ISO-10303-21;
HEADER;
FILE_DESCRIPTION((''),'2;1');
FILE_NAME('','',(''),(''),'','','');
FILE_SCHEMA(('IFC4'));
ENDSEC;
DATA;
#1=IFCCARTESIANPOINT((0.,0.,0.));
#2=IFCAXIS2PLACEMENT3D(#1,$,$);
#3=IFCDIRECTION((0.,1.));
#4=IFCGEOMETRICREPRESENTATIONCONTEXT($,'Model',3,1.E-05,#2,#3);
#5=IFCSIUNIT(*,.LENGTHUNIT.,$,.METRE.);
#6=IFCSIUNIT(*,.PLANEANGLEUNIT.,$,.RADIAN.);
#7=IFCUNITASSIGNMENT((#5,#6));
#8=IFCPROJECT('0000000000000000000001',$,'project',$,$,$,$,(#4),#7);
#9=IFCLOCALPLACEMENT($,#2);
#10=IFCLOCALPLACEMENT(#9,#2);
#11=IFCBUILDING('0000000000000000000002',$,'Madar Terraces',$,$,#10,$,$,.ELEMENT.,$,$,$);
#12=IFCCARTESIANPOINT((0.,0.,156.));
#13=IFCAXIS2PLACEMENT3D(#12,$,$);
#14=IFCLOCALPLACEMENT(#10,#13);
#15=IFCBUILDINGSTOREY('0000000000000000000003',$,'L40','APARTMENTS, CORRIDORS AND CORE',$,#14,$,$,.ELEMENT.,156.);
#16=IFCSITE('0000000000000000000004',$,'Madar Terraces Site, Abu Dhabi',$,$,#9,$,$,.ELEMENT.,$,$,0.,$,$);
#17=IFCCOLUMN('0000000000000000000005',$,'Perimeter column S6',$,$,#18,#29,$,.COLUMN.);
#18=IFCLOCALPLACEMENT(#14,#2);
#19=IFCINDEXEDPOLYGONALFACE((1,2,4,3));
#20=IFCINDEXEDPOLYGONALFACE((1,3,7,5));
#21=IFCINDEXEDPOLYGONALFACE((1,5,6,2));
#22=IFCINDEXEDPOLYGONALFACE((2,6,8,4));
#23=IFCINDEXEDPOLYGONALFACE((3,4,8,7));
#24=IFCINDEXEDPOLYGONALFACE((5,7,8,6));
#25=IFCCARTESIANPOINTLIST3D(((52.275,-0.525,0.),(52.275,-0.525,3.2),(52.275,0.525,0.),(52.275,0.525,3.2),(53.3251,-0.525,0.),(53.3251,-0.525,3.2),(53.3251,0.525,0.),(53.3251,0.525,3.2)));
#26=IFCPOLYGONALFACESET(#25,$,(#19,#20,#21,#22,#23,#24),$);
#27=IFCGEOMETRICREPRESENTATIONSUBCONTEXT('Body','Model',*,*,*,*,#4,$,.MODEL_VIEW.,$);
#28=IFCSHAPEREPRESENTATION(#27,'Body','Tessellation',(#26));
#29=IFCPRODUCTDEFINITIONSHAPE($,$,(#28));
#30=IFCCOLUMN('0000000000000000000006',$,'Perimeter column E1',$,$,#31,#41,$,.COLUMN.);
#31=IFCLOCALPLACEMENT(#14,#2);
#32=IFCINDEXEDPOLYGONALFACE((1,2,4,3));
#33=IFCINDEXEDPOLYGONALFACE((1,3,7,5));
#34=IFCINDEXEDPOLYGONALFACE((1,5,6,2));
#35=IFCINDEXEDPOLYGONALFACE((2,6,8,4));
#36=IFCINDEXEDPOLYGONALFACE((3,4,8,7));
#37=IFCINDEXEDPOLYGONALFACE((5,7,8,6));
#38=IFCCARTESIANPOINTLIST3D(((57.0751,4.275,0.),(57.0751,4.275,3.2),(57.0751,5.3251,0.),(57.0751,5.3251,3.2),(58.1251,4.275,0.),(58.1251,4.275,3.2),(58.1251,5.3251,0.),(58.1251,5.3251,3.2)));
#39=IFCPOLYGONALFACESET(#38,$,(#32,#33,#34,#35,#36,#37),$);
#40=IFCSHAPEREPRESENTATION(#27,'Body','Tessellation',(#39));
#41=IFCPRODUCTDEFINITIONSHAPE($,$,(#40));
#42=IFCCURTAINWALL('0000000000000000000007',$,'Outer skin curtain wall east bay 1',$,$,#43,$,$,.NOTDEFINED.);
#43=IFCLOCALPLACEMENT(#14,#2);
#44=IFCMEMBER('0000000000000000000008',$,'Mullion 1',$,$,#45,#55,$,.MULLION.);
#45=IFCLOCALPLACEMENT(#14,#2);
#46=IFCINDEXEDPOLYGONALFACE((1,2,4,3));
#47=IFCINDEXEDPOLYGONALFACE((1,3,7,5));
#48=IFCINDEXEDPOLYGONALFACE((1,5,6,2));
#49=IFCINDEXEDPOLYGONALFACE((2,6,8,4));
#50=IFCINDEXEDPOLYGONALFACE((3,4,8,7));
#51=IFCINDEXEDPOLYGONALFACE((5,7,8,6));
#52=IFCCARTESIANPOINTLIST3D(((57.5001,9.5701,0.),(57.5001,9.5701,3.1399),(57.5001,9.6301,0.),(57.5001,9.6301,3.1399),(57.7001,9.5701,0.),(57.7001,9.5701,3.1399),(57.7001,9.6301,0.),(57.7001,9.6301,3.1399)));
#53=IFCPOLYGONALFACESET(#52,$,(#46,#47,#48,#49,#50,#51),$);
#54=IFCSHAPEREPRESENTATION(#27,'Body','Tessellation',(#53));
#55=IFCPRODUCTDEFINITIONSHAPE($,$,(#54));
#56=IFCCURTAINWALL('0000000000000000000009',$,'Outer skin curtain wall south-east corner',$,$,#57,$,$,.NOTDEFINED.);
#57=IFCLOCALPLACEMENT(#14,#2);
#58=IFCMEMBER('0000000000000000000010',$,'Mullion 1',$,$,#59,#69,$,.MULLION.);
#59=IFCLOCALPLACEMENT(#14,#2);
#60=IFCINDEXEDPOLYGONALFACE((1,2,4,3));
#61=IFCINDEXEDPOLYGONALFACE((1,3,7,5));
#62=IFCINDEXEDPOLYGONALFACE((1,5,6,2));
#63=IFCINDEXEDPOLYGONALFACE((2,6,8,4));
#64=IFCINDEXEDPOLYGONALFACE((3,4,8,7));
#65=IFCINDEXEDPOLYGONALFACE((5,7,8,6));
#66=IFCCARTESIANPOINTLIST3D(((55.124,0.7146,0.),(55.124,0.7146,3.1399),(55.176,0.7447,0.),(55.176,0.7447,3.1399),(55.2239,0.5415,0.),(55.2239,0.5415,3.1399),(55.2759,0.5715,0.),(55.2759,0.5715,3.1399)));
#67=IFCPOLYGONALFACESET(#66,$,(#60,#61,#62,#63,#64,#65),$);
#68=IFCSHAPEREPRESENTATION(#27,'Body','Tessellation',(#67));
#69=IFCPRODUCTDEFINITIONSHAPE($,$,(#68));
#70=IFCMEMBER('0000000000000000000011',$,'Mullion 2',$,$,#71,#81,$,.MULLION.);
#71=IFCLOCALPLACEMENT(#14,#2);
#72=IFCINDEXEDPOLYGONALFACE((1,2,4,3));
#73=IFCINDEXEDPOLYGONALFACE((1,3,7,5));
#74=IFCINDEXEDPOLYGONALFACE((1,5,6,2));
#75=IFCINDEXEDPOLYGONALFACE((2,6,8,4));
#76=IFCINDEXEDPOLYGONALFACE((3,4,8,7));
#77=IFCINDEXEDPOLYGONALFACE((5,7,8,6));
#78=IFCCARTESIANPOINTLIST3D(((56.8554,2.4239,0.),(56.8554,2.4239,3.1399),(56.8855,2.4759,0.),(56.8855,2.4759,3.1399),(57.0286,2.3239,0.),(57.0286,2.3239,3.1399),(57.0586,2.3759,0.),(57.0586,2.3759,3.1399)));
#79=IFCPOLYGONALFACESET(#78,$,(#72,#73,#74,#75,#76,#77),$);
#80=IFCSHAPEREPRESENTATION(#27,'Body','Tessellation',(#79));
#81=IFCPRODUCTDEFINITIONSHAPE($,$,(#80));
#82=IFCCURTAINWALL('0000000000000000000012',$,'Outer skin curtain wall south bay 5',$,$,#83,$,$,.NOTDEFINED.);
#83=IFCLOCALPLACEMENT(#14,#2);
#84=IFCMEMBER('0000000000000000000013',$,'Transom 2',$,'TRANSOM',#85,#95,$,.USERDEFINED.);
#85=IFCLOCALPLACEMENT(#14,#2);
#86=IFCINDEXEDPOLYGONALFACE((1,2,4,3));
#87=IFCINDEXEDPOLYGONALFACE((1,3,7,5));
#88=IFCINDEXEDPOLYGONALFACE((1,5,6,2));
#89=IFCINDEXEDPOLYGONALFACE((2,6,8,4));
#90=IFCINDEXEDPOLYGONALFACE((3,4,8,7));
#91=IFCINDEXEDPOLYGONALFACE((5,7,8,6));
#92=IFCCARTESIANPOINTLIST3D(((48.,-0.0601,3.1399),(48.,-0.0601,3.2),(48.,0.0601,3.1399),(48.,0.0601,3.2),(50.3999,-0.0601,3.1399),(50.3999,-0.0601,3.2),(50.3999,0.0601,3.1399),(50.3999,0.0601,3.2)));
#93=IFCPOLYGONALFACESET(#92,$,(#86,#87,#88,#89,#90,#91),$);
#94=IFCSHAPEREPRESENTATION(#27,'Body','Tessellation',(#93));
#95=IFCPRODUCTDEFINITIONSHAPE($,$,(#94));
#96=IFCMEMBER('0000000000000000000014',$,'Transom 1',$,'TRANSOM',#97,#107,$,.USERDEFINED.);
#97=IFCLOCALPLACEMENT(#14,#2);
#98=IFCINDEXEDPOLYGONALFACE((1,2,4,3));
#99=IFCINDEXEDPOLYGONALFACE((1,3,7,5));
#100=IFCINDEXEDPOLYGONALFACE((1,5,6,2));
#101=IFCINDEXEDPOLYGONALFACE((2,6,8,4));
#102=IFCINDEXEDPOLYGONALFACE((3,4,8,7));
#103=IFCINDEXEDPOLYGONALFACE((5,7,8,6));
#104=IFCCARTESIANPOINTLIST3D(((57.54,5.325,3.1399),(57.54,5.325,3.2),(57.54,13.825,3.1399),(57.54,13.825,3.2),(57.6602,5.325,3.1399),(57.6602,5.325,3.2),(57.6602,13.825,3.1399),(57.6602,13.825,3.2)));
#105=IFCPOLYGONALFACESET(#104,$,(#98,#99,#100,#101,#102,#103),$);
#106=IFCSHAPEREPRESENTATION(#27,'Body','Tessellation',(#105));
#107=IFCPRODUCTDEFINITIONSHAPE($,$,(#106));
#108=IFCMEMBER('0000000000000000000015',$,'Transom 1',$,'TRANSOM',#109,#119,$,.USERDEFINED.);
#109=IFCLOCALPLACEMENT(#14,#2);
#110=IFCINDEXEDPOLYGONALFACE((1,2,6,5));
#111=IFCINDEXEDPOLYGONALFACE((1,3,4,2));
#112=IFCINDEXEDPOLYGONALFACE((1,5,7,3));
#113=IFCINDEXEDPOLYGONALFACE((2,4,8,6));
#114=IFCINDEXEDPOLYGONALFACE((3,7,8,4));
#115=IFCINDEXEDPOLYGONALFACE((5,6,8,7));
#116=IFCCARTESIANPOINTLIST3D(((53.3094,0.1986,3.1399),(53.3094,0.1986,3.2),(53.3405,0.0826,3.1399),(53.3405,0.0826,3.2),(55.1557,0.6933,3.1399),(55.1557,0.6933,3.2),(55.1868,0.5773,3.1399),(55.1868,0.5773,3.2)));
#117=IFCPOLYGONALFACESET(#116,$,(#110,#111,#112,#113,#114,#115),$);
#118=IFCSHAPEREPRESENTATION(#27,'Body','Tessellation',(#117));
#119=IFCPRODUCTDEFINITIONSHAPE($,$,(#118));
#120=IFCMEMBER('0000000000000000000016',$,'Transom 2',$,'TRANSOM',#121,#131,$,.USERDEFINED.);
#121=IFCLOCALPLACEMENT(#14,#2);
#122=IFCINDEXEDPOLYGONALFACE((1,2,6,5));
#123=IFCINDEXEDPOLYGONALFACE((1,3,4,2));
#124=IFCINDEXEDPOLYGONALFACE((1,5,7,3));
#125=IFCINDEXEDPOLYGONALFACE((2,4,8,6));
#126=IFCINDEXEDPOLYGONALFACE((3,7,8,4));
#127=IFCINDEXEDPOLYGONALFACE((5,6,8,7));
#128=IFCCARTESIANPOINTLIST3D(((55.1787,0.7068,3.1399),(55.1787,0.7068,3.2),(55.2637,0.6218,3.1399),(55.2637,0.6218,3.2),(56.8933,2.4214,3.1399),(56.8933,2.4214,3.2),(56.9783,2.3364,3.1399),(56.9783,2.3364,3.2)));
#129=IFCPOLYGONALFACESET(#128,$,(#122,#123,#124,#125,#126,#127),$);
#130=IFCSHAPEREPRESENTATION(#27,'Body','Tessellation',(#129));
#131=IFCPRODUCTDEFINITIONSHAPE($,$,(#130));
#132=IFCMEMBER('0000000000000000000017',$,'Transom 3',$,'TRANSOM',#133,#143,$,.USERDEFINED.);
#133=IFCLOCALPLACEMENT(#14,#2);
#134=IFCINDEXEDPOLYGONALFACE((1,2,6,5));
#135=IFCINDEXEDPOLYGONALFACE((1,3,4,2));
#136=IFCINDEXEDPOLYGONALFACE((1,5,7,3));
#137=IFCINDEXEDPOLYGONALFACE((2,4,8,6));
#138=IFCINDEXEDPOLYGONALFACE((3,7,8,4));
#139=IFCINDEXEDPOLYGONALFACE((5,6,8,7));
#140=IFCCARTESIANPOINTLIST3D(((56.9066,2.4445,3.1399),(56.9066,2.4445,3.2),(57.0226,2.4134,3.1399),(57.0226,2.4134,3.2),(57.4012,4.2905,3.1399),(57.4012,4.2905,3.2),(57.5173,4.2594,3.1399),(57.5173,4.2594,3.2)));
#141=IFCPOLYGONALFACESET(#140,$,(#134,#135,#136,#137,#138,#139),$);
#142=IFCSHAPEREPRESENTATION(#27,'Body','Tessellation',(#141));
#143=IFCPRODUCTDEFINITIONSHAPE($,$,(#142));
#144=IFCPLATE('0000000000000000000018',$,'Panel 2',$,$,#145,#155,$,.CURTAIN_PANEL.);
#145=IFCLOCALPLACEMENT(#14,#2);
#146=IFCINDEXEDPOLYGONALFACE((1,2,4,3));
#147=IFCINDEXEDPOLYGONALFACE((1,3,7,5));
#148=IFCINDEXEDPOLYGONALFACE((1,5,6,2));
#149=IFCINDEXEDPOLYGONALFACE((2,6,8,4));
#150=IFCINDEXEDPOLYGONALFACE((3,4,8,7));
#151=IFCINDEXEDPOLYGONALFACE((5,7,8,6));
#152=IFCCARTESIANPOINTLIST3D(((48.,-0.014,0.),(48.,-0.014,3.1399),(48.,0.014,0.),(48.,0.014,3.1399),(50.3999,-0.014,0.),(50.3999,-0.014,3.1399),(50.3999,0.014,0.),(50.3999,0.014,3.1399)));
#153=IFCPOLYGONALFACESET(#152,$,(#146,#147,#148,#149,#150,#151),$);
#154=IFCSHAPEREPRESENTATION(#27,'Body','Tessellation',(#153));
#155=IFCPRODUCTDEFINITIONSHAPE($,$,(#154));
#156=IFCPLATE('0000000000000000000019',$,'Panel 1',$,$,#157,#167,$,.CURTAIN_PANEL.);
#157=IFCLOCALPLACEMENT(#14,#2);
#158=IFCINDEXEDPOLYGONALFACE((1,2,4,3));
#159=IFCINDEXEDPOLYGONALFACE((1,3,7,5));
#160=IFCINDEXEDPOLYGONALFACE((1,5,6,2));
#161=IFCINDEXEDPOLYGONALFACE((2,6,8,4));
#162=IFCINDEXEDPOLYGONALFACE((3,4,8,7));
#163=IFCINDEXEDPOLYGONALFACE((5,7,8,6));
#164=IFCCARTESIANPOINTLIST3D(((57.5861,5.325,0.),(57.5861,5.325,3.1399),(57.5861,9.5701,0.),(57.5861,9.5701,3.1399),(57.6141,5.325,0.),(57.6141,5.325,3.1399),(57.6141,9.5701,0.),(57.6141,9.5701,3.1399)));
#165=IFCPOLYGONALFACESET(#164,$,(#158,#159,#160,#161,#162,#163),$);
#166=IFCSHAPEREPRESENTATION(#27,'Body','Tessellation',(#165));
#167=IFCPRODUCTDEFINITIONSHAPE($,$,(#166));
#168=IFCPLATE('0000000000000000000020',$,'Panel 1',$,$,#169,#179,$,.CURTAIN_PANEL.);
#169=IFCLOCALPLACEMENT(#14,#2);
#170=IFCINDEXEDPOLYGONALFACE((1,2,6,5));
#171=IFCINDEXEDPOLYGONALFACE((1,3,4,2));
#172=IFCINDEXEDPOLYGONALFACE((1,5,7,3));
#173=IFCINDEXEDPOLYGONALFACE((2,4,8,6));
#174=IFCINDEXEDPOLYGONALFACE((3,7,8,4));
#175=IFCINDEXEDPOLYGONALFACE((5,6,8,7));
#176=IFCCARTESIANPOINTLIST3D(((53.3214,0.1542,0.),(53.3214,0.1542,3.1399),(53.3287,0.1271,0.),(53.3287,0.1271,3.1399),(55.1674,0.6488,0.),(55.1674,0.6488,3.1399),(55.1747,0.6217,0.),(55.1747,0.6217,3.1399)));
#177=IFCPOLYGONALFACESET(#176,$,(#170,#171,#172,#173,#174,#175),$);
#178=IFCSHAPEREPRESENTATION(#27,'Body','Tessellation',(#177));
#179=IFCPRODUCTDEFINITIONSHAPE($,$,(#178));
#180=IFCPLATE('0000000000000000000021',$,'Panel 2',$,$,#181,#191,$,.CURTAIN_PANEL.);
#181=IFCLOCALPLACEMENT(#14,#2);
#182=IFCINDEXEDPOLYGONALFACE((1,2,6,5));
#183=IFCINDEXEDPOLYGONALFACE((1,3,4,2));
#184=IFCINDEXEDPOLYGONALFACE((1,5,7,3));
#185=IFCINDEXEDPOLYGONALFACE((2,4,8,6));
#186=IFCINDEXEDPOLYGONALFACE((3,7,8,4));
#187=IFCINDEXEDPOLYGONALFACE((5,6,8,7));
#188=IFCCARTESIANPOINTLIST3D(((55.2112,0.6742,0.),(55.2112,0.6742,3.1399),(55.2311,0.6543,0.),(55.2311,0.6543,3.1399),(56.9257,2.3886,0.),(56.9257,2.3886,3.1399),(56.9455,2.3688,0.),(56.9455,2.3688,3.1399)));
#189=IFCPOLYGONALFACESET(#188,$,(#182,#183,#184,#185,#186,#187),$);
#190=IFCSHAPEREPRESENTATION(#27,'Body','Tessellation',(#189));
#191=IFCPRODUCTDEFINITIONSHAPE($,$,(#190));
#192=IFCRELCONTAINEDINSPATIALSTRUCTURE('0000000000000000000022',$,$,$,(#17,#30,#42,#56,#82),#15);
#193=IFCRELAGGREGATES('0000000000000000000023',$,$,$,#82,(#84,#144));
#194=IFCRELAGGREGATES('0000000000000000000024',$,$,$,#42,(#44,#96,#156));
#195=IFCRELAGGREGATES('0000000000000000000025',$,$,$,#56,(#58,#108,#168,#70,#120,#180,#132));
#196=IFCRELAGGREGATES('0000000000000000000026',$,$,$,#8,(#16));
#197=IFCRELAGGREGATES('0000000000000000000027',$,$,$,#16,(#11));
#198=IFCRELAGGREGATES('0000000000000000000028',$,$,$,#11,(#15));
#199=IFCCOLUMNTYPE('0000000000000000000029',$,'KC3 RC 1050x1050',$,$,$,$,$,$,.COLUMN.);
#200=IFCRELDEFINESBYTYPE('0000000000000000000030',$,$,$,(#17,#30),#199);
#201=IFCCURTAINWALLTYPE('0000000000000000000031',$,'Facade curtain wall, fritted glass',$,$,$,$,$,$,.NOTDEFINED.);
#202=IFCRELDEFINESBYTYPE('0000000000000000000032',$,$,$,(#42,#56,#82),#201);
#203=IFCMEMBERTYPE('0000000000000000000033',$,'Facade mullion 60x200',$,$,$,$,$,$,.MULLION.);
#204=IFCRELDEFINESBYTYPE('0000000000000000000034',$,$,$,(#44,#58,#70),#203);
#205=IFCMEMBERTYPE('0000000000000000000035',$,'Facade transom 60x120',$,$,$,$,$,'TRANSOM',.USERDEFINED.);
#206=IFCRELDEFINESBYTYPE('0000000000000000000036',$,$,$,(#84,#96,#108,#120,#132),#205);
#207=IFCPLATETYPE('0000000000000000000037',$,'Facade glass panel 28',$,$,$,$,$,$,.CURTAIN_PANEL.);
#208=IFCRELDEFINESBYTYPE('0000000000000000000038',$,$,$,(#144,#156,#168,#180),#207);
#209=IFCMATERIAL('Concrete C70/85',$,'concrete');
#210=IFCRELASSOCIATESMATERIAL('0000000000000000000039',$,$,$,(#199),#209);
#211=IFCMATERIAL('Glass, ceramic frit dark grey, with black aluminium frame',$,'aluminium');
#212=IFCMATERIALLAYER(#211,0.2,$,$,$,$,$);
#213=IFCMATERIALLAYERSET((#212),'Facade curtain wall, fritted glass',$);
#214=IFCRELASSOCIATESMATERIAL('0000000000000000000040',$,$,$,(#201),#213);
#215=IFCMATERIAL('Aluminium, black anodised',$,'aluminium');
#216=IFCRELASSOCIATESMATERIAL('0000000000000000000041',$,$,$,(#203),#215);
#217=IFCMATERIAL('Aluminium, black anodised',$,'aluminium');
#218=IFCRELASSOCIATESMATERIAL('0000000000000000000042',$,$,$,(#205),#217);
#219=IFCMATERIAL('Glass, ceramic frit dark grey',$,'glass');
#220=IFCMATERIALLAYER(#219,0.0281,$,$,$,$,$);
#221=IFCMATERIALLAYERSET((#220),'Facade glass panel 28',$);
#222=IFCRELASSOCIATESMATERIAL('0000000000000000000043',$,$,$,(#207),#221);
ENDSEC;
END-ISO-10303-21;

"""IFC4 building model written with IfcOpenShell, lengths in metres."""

from ifc_helpers import new_model, si_unit, direction, frame, origin, origin_2d, place, context, subcontext, project, spatial, rectangle, extrude, material, layer, layer_set, material_profile, profile_set, type_object, element, aggregate, save


model = new_model("IFC4")

# Units and contexts
model_context = context("Model", 3, precision=1e-05, world=origin(), true_north=direction((0.0, 1.0)))
body_context = subcontext(model_context, "Body", "Model", "MODEL_VIEW")
ifc_project = project(units=[si_unit("LENGTHUNIT", "METRE"), si_unit("PLANEANGLEUNIT", "RADIAN")], contexts=[model_context])

# Site, building, storey
site_placement = place(None, origin())
site = spatial("IfcSite", under=ifc_project, at=site_placement, Name="Madar Terraces Site, Abu Dhabi", CompositionType="ELEMENT", RefElevation=0.0)
building_placement = place(site_placement, origin())
building = spatial("IfcBuilding", under=site, at=building_placement, Name="Madar Terraces", CompositionType="ELEMENT")
storey_placement = place(building_placement, frame((0.0, 0.0, 156.0)))
storey = spatial("IfcBuildingStorey", under=building, at=storey_placement, Name="L40", Description="APARTMENTS, CORRIDORS AND CORE", CompositionType="ELEMENT", Elevation=156.0)

# Columns
ifc_material_1 = material(Name="Concrete C70/85", Category="concrete")
ifc_material_profile_1 = material_profile(ifc_material_1, rectangle(XDim=1.05, YDim=1.05, at=origin_2d()), Name="KC3 RC 1050x1050")
ifc_profile_set_1 = profile_set([ifc_material_profile_1], Name="Concrete C70/85")
column_type = type_object("IfcColumnType", Name="KC3 RC 1050x1050", PredefinedType="COLUMN", material=ifc_profile_set_1)
for number, where, z_axis, x_axis, name in (
    (1, (52.8, 0.0, 0.0), (0.0, 0.0, 1.0), (1.0, 0.0, 0.0), "Perimeter column S6"),
    (2, (57.6001, 4.8, 0.0), (0.0, 0.0, 1.0), (1.0, 0.0, 0.0), "Perimeter column E1"),
):
    element("IfcColumn", number, at=place(storey_placement, frame(where, z_axis=z_axis, x_axis=x_axis)), inside=storey, type_object=column_type, Name=name, PredefinedType="COLUMN", context=body_context, shape_type="SweptSolid", body=[
        extrude(rectangle(XDim=1.05, YDim=1.05, at=origin_2d()), origin(), (0.0, 0.0, 1.0), 3.2),
    ])

# Curtain wall, member
ifc_material_2 = material(Name="Glass, ceramic frit dark grey, with black aluminium frame", Category="aluminium")
ifc_layer_1 = layer(ifc_material_2, 0.2)
ifc_layer_set_1 = layer_set([ifc_layer_1], Name="Facade curtain wall, fritted glass")
curtain_wall_type = type_object("IfcCurtainWallType", Name="Facade curtain wall, fritted glass", PredefinedType="NOTDEFINED", material=ifc_layer_set_1)
curtain_wall_1_placement = place(storey_placement, origin())
curtain_wall_1 = element("IfcCurtainWall", 3, at=curtain_wall_1_placement, inside=storey, type_object=curtain_wall_type, Name="Outer skin curtain wall east bay 1", PredefinedType="NOTDEFINED")
ifc_material_3 = material(Name="Aluminium, black anodised", Category="aluminium")
ifc_material_profile_2 = material_profile(ifc_material_3, rectangle(XDim=0.2, YDim=0.0601, at=origin_2d()), Name="Facade mullion 60x200")
ifc_profile_set_2 = profile_set([ifc_material_profile_2], Name="Aluminium, black anodised")
member_type_1 = type_object("IfcMemberType", Name="Facade mullion 60x200", PredefinedType="MULLION", material=ifc_profile_set_2)
member_1_placement = place(storey_placement, frame((57.6001, 9.6001, 0.0), z_axis=(0.0, 0.0, 1.0), x_axis=(-1.0, 0.0, 0.0)))
member_1 = element("IfcMember", 4, at=member_1_placement, type_object=member_type_1, Name="Mullion 1", PredefinedType="MULLION", context=body_context, shape_type="SweptSolid", body=[
    extrude(rectangle(XDim=0.2, YDim=0.0601, at=origin_2d()), origin(), (0.0, 0.0, 1.0), 3.1399),
])

# Curtain wall, members
curtain_wall_2_placement = place(storey_placement, origin())
curtain_wall_2 = element("IfcCurtainWall", 5, at=curtain_wall_2_placement, inside=storey, type_object=curtain_wall_type, Name="Outer skin curtain wall south-east corner", PredefinedType="NOTDEFINED")
member_2_placement = place(storey_placement, frame((55.2, 0.6431, 0.0), z_axis=(0.0, 0.0, 1.0), x_axis=(-0.5, 0.866025, 0.0)))
member_2 = element("IfcMember", 6, at=member_2_placement, type_object=member_type_1, Name="Mullion 1", PredefinedType="MULLION", context=body_context, shape_type="SweptSolid", body=[
    extrude(rectangle(XDim=0.2, YDim=0.0601, at=origin_2d()), origin(), (0.0, 0.0, 1.0), 3.1399),
])
member_3_placement = place(storey_placement, frame((56.957, 2.3999, 0.0), z_axis=(0.0, 0.0, 1.0), x_axis=(-0.866025, 0.5, 0.0)))
member_3 = element("IfcMember", 7, at=member_3_placement, type_object=member_type_1, Name="Mullion 2", PredefinedType="MULLION", context=body_context, shape_type="SweptSolid", body=[
    extrude(rectangle(XDim=0.2, YDim=0.0601, at=origin_2d()), origin(), (0.0, 0.0, 1.0), 3.1399),
])

# Curtain wall, member
curtain_wall_3_placement = place(storey_placement, origin())
curtain_wall_3 = element("IfcCurtainWall", 8, at=curtain_wall_3_placement, inside=storey, type_object=curtain_wall_type, Name="Outer skin curtain wall south bay 5", PredefinedType="NOTDEFINED")
ifc_material_4 = material(Name="Aluminium, black anodised", Category="aluminium")
ifc_material_profile_3 = material_profile(ifc_material_4, rectangle(XDim=0.1201, YDim=0.0601, at=origin_2d()), Name="Facade transom 60x120")
ifc_profile_set_3 = profile_set([ifc_material_profile_3], Name="Aluminium, black anodised")
member_type_2 = type_object("IfcMemberType", Name="Facade transom 60x120", ElementType="TRANSOM", PredefinedType="USERDEFINED", material=ifc_profile_set_3)
member_4_placement = place(storey_placement, frame((48.0, 0.0, 3.1699), z_axis=(1.0, 0.0, 0.0), x_axis=(0.0, 1.0, 0.0)))
member_4 = element("IfcMember", 9, at=member_4_placement, type_object=member_type_2, Name="Transom 2", ObjectType="TRANSOM", PredefinedType="USERDEFINED", context=body_context, shape_type="SweptSolid", body=[
    extrude(rectangle(XDim=0.1201, YDim=0.0601, at=origin_2d()), origin(), (0.0, 0.0, 1.0), 2.3999),
])

# Members
member_5_placement = place(storey_placement, frame((57.6001, 5.325, 3.1699), z_axis=(0.0, 1.0, 0.0), x_axis=(-1.0, 0.0, 0.0)))
member_5 = element("IfcMember", 10, at=member_5_placement, type_object=member_type_2, Name="Transom 1", ObjectType="TRANSOM", PredefinedType="USERDEFINED", context=body_context, shape_type="SweptSolid", body=[
    extrude(rectangle(XDim=0.1201, YDim=0.0601, at=origin_2d()), origin(), (0.0, 0.0, 1.0), 8.5),
])
member_6_placement = place(storey_placement, frame((53.325, 0.1406, 3.1699), z_axis=(0.965933, 0.258791, 0.0), x_axis=(-0.258791, 0.965933, 0.0)))
member_6 = element("IfcMember", 11, at=member_6_placement, type_object=member_type_2, Name="Transom 1", ObjectType="TRANSOM", PredefinedType="USERDEFINED", context=body_context, shape_type="SweptSolid", body=[
    extrude(rectangle(XDim=0.1201, YDim=0.0601, at=origin_2d()), origin(), (0.0, 0.0, 1.0), 1.9114),
])
member_7_placement = place(storey_placement, frame((55.2212, 0.6643, 3.1699), z_axis=(0.707107, 0.707107, 0.0), x_axis=(-0.707107, 0.707107, 0.0)))
member_7 = element("IfcMember", 12, at=member_7_placement, type_object=member_type_2, Name="Transom 2", ObjectType="TRANSOM", PredefinedType="USERDEFINED", context=body_context, shape_type="SweptSolid", body=[
    extrude(rectangle(XDim=0.1201, YDim=0.0601, at=origin_2d()), origin(), (0.0, 0.0, 1.0), 2.4248),
])
member_8_placement = place(storey_placement, frame((56.9646, 2.429, 3.1699), z_axis=(0.258823, 0.965925, 0.0), x_axis=(-0.965925, 0.258823, 0.0)))
member_8 = element("IfcMember", 13, at=member_8_placement, type_object=member_type_2, Name="Transom 3", ObjectType="TRANSOM", PredefinedType="USERDEFINED", context=body_context, shape_type="SweptSolid", body=[
    extrude(rectangle(XDim=0.1201, YDim=0.0601, at=origin_2d()), origin(), (0.0, 0.0, 1.0), 1.9111),
])

# Plates
ifc_material_5 = material(Name="Glass, ceramic frit dark grey", Category="glass")
ifc_layer_2 = layer(ifc_material_5, 0.0281)
ifc_layer_set_2 = layer_set([ifc_layer_2], Name="Facade glass panel 28")
plate_type = type_object("IfcPlateType", Name="Facade glass panel 28", PredefinedType="CURTAIN_PANEL", material=ifc_layer_set_2)
plate_1_placement = place(storey_placement, frame((49.2, 0.0, 0.0), z_axis=(0.0, 0.0, 1.0), x_axis=(1.0, 0.0, 0.0)))
plate_1 = element("IfcPlate", 14, at=plate_1_placement, type_object=plate_type, Name="Panel 2", PredefinedType="CURTAIN_PANEL", context=body_context, shape_type="SweptSolid", body=[
    extrude(rectangle(XDim=2.3999, YDim=0.0281, at=origin_2d()), origin(), (0.0, 0.0, 1.0), 3.1399),
])
aggregate(curtain_wall_3, [member_4, plate_1])
plate_2_placement = place(storey_placement, frame((57.6001, 7.4475, 0.0), z_axis=(0.0, 0.0, 1.0), x_axis=(0.0, 1.0, 0.0)))
plate_2 = element("IfcPlate", 15, at=plate_2_placement, type_object=plate_type, Name="Panel 1", PredefinedType="CURTAIN_PANEL", context=body_context, shape_type="SweptSolid", body=[
    extrude(rectangle(XDim=4.2451, YDim=0.0281, at=origin_2d()), origin(), (0.0, 0.0, 1.0), 3.1399),
])
aggregate(curtain_wall_1, [member_1, member_5, plate_2])
plate_3_placement = place(storey_placement, frame((54.248, 0.3879, 0.0), z_axis=(0.0, 0.0, 1.0), x_axis=(0.965926, 0.258819, 0.0)))
plate_3 = element("IfcPlate", 16, at=plate_3_placement, type_object=plate_type, Name="Panel 1", PredefinedType="CURTAIN_PANEL", context=body_context, shape_type="SweptSolid", body=[
    extrude(rectangle(XDim=1.9111, YDim=0.0281, at=origin_2d()), origin(), (0.0, 0.0, 1.0), 3.1399),
])
plate_4_placement = place(storey_placement, frame((56.0784, 1.5215, 0.0), z_axis=(0.0, 0.0, 1.0), x_axis=(0.707107, 0.707107, 0.0)))
plate_4 = element("IfcPlate", 17, at=plate_4_placement, type_object=plate_type, Name="Panel 2", PredefinedType="CURTAIN_PANEL", context=body_context, shape_type="SweptSolid", body=[
    extrude(rectangle(XDim=2.4246, YDim=0.0281, at=origin_2d()), origin(), (0.0, 0.0, 1.0), 3.1399),
])
aggregate(curtain_wall_2, [member_2, member_6, plate_3, member_3, member_7, plate_4, member_8])

save(model, "model.ifc")
